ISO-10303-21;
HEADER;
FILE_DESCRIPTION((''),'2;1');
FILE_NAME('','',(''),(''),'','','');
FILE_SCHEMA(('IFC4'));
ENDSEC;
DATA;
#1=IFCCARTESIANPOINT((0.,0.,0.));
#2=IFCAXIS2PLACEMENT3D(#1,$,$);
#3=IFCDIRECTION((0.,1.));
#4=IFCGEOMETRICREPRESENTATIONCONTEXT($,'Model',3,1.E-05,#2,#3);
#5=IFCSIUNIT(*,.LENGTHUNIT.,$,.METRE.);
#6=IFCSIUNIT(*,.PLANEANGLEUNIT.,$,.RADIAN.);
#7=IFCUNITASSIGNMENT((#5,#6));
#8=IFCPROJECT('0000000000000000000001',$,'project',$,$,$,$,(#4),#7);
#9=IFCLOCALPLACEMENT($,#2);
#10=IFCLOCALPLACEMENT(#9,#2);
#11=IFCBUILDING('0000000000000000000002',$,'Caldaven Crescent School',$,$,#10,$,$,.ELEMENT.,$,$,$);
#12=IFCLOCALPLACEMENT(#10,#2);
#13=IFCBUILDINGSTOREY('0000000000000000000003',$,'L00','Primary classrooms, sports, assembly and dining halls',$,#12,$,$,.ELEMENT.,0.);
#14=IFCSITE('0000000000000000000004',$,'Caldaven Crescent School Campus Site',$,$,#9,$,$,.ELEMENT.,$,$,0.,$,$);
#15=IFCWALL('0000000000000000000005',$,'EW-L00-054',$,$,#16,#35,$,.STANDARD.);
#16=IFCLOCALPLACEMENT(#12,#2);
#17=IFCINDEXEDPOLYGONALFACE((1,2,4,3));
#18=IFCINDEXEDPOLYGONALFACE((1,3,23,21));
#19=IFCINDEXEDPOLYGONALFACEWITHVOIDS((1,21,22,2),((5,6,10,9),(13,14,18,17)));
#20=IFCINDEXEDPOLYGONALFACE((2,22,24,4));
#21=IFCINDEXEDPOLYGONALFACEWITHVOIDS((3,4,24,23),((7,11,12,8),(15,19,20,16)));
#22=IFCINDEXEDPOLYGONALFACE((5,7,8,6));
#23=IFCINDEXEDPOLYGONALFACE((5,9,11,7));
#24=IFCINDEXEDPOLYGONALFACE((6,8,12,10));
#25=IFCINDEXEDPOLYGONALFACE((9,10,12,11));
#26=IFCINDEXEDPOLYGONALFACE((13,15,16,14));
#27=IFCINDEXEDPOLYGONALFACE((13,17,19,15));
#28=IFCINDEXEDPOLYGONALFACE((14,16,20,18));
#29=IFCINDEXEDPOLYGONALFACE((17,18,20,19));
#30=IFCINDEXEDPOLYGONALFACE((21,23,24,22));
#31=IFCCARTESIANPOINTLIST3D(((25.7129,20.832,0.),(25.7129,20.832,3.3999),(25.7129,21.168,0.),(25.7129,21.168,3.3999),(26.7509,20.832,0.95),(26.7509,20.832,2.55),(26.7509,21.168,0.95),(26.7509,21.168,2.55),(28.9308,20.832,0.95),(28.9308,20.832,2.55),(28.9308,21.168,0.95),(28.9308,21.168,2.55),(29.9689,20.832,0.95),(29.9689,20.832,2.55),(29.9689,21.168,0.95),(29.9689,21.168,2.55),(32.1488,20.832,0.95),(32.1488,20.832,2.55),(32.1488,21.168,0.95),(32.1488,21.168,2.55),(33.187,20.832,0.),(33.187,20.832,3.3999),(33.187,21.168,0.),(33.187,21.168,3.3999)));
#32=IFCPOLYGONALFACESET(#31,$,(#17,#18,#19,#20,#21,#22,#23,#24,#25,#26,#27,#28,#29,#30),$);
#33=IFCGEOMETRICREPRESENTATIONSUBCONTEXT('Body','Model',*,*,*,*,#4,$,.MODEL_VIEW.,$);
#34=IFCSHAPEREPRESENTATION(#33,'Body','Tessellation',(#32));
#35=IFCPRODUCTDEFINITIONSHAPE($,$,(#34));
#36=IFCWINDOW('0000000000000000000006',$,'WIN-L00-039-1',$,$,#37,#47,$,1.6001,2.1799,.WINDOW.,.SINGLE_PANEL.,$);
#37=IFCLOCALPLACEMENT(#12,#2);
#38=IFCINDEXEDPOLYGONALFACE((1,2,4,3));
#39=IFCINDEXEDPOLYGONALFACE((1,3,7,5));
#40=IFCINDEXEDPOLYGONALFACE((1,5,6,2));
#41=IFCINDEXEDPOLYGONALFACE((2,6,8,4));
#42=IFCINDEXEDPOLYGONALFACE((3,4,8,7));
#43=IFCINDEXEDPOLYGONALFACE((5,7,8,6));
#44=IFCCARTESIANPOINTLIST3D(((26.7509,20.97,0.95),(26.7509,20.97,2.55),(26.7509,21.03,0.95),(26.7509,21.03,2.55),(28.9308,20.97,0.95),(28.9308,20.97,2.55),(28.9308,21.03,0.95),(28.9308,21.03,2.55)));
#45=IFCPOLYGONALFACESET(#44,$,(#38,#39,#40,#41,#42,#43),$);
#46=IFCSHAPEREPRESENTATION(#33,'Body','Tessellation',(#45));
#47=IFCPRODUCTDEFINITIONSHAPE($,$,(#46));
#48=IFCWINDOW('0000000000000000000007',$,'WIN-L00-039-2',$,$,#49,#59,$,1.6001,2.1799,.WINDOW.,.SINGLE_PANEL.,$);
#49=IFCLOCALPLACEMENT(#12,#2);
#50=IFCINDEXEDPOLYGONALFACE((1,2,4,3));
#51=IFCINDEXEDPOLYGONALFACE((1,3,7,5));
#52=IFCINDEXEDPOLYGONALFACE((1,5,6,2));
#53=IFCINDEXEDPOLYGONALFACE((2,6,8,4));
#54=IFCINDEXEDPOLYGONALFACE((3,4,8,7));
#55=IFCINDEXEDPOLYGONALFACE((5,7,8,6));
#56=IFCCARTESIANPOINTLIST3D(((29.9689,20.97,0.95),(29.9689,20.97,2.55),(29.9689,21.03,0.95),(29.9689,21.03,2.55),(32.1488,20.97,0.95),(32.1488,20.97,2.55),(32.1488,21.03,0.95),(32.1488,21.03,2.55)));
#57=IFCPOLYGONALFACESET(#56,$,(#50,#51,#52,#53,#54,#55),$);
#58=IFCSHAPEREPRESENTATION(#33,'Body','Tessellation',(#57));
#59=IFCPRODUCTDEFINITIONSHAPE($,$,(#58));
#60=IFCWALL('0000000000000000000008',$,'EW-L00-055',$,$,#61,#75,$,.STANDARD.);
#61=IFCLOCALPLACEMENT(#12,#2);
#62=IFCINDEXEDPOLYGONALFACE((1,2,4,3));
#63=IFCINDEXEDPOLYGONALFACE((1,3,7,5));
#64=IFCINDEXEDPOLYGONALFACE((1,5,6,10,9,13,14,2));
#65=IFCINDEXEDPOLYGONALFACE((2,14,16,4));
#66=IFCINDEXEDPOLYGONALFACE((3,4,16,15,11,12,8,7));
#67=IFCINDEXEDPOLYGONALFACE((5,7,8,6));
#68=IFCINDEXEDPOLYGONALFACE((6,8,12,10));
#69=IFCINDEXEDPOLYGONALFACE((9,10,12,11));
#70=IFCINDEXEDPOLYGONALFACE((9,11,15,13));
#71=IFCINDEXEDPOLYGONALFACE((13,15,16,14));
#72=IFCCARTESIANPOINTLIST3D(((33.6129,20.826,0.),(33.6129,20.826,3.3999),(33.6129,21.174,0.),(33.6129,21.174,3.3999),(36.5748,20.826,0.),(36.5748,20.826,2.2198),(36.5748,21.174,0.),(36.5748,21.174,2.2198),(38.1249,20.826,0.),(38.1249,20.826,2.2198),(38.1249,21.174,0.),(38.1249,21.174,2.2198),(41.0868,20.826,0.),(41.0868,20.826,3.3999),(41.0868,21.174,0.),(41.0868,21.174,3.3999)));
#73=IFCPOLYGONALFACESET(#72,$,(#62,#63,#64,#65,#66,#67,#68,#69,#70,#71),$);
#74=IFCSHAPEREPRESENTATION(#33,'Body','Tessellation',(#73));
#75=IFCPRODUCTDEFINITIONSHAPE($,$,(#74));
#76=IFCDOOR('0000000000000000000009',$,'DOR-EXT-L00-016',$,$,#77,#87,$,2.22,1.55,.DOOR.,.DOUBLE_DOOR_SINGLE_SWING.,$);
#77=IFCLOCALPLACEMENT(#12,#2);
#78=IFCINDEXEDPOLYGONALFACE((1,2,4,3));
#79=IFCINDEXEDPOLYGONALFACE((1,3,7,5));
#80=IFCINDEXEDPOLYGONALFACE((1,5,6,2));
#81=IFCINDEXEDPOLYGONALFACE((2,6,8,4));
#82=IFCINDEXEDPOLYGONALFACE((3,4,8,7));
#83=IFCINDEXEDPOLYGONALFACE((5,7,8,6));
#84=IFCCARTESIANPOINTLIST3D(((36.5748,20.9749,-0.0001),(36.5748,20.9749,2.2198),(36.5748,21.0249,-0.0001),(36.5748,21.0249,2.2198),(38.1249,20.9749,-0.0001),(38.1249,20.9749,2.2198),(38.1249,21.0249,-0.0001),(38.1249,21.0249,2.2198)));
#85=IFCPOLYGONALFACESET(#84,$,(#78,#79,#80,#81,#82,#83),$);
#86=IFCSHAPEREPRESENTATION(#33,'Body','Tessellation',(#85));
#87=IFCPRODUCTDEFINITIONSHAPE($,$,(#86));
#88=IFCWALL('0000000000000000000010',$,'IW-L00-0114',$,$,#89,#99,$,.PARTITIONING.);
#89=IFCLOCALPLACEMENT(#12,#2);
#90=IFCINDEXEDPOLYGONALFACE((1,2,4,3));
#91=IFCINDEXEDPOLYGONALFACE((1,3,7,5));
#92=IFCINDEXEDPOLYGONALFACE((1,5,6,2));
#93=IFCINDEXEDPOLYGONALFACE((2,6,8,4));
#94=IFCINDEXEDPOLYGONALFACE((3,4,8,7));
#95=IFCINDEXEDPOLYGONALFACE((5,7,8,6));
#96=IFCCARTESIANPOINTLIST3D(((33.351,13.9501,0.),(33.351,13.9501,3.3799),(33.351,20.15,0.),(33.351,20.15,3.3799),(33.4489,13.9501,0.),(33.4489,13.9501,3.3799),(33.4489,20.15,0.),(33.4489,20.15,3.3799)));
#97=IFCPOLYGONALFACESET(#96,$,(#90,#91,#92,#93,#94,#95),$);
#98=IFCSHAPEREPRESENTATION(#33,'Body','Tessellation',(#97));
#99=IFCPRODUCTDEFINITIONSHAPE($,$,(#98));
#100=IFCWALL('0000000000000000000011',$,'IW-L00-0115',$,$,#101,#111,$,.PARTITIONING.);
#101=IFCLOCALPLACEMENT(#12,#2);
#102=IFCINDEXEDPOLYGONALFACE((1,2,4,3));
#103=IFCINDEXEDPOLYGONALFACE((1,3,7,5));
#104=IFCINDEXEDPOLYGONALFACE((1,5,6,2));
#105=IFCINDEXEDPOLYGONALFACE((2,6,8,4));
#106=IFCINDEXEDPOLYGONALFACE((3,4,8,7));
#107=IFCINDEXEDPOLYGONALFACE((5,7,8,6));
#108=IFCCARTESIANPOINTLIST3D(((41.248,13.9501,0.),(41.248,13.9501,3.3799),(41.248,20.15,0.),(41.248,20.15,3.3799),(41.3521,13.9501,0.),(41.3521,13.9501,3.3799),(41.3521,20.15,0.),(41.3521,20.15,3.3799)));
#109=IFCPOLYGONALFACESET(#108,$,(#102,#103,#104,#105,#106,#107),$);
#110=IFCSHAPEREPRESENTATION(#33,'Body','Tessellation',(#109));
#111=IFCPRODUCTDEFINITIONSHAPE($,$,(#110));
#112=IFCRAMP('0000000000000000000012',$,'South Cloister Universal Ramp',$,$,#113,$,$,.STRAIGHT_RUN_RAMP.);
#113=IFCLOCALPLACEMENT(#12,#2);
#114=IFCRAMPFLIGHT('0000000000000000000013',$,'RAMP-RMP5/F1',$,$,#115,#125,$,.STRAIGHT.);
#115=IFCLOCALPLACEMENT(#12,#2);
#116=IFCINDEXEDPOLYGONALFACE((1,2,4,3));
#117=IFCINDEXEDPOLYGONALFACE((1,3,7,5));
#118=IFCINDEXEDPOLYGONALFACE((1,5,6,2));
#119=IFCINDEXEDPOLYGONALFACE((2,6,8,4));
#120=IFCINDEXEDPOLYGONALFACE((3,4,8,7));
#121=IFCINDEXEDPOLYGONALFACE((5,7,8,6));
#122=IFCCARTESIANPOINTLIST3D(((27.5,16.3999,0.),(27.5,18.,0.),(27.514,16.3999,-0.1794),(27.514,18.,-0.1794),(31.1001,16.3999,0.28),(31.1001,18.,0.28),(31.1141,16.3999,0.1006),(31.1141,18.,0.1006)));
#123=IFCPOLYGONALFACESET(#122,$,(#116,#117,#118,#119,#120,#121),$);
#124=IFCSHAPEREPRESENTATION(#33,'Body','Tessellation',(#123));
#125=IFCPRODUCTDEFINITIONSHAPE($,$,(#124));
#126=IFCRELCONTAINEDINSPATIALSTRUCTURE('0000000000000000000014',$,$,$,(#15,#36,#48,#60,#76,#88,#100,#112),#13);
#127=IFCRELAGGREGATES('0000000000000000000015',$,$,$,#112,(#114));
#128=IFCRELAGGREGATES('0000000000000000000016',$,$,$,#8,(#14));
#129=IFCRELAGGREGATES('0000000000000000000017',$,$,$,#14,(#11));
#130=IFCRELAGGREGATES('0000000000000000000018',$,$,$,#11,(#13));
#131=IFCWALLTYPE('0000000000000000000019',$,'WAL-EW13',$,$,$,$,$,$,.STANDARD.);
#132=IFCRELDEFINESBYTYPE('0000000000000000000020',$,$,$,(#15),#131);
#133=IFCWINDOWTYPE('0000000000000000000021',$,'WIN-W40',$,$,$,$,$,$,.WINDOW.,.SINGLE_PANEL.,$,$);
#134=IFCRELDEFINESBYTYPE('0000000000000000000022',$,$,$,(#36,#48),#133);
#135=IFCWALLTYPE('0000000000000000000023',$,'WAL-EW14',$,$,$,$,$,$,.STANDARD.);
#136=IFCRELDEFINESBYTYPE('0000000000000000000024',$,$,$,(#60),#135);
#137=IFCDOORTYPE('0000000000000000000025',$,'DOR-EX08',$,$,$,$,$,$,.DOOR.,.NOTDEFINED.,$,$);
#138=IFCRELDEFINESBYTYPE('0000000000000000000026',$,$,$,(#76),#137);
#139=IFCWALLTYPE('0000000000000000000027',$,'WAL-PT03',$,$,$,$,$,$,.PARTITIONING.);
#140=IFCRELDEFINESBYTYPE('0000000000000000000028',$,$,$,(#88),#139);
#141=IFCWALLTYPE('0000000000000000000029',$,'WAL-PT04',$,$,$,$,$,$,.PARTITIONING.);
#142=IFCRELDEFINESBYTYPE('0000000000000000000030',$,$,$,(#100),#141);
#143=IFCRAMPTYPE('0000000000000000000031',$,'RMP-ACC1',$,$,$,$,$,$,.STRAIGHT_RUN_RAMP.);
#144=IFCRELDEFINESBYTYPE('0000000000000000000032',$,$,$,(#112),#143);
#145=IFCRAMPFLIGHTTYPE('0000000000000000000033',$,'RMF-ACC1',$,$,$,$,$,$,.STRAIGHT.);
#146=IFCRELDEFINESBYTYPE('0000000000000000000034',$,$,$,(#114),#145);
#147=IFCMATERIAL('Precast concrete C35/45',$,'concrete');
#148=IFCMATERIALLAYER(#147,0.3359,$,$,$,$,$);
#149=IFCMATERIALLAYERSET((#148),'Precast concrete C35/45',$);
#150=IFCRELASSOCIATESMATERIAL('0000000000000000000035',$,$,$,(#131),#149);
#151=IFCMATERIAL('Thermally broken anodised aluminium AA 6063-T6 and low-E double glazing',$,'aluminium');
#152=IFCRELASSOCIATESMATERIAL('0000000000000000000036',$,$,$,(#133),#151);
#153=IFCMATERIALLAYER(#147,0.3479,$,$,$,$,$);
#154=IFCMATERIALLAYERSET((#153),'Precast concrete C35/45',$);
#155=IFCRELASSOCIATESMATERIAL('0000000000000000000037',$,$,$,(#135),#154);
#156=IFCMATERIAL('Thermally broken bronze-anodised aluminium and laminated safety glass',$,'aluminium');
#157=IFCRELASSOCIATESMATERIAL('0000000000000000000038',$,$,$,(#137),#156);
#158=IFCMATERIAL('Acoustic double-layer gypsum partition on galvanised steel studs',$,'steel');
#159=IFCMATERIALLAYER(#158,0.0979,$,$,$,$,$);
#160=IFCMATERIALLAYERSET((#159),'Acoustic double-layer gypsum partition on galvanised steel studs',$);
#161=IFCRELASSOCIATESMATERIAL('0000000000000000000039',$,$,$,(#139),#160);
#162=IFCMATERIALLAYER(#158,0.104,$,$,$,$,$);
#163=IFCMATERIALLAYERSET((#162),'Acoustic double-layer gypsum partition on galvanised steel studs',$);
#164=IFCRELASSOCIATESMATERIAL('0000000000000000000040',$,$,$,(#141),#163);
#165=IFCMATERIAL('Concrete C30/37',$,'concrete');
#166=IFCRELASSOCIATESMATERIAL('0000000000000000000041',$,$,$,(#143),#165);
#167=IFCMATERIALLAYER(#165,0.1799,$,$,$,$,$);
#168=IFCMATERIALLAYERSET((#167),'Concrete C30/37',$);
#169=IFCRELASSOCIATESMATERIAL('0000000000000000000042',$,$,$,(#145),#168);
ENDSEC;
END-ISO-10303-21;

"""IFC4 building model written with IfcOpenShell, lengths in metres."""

from ifc_helpers import new_model, si_unit, direction, frame, frame_2d, origin, place, context, subcontext, project, spatial, polyline, rectangle, outline, extrude, material, layer, layer_set, type_object, element, fill, aggregate, save


model = new_model("IFC4")

# Units and contexts
model_context = context("Model", 3, precision=1e-05, world=origin(), true_north=direction((0.0, 1.0)))
body_context = subcontext(model_context, "Body", "Model", "MODEL_VIEW")
ifc_project = project(units=[si_unit("LENGTHUNIT", "METRE"), si_unit("PLANEANGLEUNIT", "RADIAN")], contexts=[model_context])

# Site, building, storey
site_placement = place(None, origin())
site = spatial("IfcSite", under=ifc_project, at=site_placement, Name="Caldaven Crescent School Campus Site", CompositionType="ELEMENT", RefElevation=0.0)
building_placement = place(site_placement, origin())
building = spatial("IfcBuilding", under=site, at=building_placement, Name="Caldaven Crescent School", CompositionType="ELEMENT")
storey_placement = place(building_placement, origin())
storey = spatial("IfcBuildingStorey", under=building, at=storey_placement, Name="L00", Description="Primary classrooms, sports, assembly and dining halls", CompositionType="ELEMENT", Elevation=0.0)

# Wall, openings, windows
ifc_material_1 = material(Name="Precast concrete C35/45", Category="concrete")
ifc_material_2 = material(Name="Thermally broken anodised aluminium AA 6063-T6 and low-E double glazing", Category="aluminium")
ifc_layer_1 = layer(ifc_material_1, 0.3359)
ifc_layer_set_1 = layer_set([ifc_layer_1], Name="Precast concrete C35/45")
wall_type_1 = type_object("IfcWallType", Name="WAL-EW13", PredefinedType="STANDARD", material=ifc_layer_set_1)
wall_1_placement = place(storey_placement, frame((25.7129, 21.0, 0.0), z_axis=(0.0, 0.0, 1.0), x_axis=(1.0, 0.0, 0.0)))
wall_1 = element("IfcWall", 1, at=wall_1_placement, inside=storey, type_object=wall_type_1, Name="EW-L00-054", PredefinedType="STANDARD", context=body_context, shape_type="SweptSolid", body=[
    extrude(rectangle(XDim=7.4741, YDim=0.3359, at=frame_2d((3.7371, 0.0))), origin(), (0.0, 0.0, 1.0), 3.3999),
])
opening_1_placement = place(wall_1_placement, frame((1.0381, 0.0, 0.95)))
opening_1 = element("IfcOpeningElement", 2, at=opening_1_placement, cuts=wall_1, PredefinedType="OPENING", context=body_context, shape_type="SweptSolid", body=[
    extrude(rectangle(XDim=2.1799, YDim=1.6001, at=frame_2d((1.0898, 0.8))), frame((0.0, 0.178, 0.0), z_axis=(0.0, -1.0, 0.0), x_axis=(1.0, 0.0, 0.0)), (0.0, 0.0, 1.0), 0.356),
])
opening_2_placement = place(wall_1_placement, frame((4.2561, 0.0, 0.95)))
opening_2 = element("IfcOpeningElement", 3, at=opening_2_placement, cuts=wall_1, PredefinedType="OPENING", context=body_context, shape_type="SweptSolid", body=[
    extrude(rectangle(XDim=2.1799, YDim=1.6001, at=frame_2d((1.0898, 0.8))), frame((0.0, 0.178, 0.0), z_axis=(0.0, -1.0, 0.0), x_axis=(1.0, 0.0, 0.0)), (0.0, 0.0, 1.0), 0.356),
])
window_type_1 = type_object("IfcWindowType", Name="WIN-W40", PartitioningType="SINGLE_PANEL", PredefinedType="WINDOW", material=ifc_material_2)
window_1_placement = place(opening_1_placement, origin())
window_1 = element("IfcWindow", 4, at=window_1_placement, inside=storey, type_object=window_type_1, Name="WIN-L00-039-1", OverallHeight=1.6001, OverallWidth=2.1799, PartitioningType="SINGLE_PANEL", PredefinedType="WINDOW", context=body_context, shape_type="SweptSolid", body=[
    extrude(rectangle(XDim=2.1799, YDim=1.6001, at=frame_2d((1.0898, 0.8))), frame((0.0, 0.03, 0.0), z_axis=(0.0, -1.0, 0.0), x_axis=(1.0, 0.0, 0.0)), (0.0, 0.0, 1.0), 0.0601),
])
fill(opening_1, window_1)
window_2_placement = place(opening_2_placement, origin())
window_2 = element("IfcWindow", 5, at=window_2_placement, inside=storey, type_object=window_type_1, Name="WIN-L00-039-2", OverallHeight=1.6001, OverallWidth=2.1799, PartitioningType="SINGLE_PANEL", PredefinedType="WINDOW", context=body_context, shape_type="SweptSolid", body=[
    extrude(rectangle(XDim=2.1799, YDim=1.6001, at=frame_2d((1.0898, 0.8))), frame((0.0, 0.03, 0.0), z_axis=(0.0, -1.0, 0.0), x_axis=(1.0, 0.0, 0.0)), (0.0, 0.0, 1.0), 0.0601),
])
fill(opening_2, window_2)

# Wall, opening, door
ifc_layer_2 = layer(ifc_material_1, 0.3479)
ifc_layer_set_2 = layer_set([ifc_layer_2], Name="Precast concrete C35/45")
wall_type_2 = type_object("IfcWallType", Name="WAL-EW14", PredefinedType="STANDARD", material=ifc_layer_set_2)
wall_2_placement = place(storey_placement, frame((33.613, 21.0, 0.0), z_axis=(0.0, 0.0, 1.0), x_axis=(1.0, 0.0, 0.0)))
wall_2 = element("IfcWall", 6, at=wall_2_placement, inside=storey, type_object=wall_type_2, Name="EW-L00-055", PredefinedType="STANDARD", context=body_context, shape_type="SweptSolid", body=[
    extrude(rectangle(XDim=7.4739, YDim=0.3479, at=frame_2d((3.7368, 0.0))), origin(), (0.0, 0.0, 1.0), 3.3999),
])
opening_3_placement = place(wall_2_placement, frame((2.9619, 0.0, 0.0)))
opening_3 = element("IfcOpeningElement", 7, at=opening_3_placement, cuts=wall_2, PredefinedType="OPENING", context=body_context, shape_type="SweptSolid", body=[
    extrude(rectangle(XDim=1.55, YDim=2.22, at=frame_2d((0.7749, 1.1099))), frame((0.0, 0.1838, 0.0), z_axis=(0.0, -1.0, 0.0), x_axis=(1.0, 0.0, 0.0)), (0.0, 0.0, 1.0), 0.3679),
])
ifc_material_3 = material(Name="Thermally broken bronze-anodised aluminium and laminated safety glass", Category="aluminium")
door_type = type_object("IfcDoorType", Name="DOR-EX08", OperationType="NOTDEFINED", PredefinedType="DOOR", material=ifc_material_3)
door_placement = place(opening_3_placement, origin())
door = element("IfcDoor", 8, at=door_placement, inside=storey, type_object=door_type, Name="DOR-EXT-L00-016", OperationType="DOUBLE_DOOR_SINGLE_SWING", OverallHeight=2.22, OverallWidth=1.55, PredefinedType="DOOR", context=body_context, shape_type="SweptSolid", body=[
    extrude(rectangle(XDim=1.55, YDim=2.22, at=frame_2d((0.7749, 1.1099))), frame((0.0, 0.0249, 0.0), z_axis=(0.0, -1.0, 0.0), x_axis=(1.0, 0.0, 0.0)), (0.0, 0.0, 1.0), 0.05),
])
fill(opening_3, door)

# Walls
ifc_material_4 = material(Name="Acoustic double-layer gypsum partition on galvanised steel studs", Category="steel")
ifc_layer_3 = layer(ifc_material_4, 0.0979)
ifc_layer_set_3 = layer_set([ifc_layer_3], Name="Acoustic double-layer gypsum partition on galvanised steel studs")
wall_type_3 = type_object("IfcWallType", Name="WAL-PT03", PredefinedType="PARTITIONING", material=ifc_layer_set_3)
wall_3_placement = place(storey_placement, frame((33.3999, 13.95, 0.0), z_axis=(0.0, 0.0, 1.0), x_axis=(0.0, 1.0, 0.0)))
element("IfcWall", 9, at=wall_3_placement, inside=storey, type_object=wall_type_3, Name="IW-L00-0114", PredefinedType="PARTITIONING", context=body_context, shape_type="SweptSolid", body=[
    extrude(rectangle(XDim=6.2, YDim=0.0979, at=frame_2d((3.1001, 0.0))), origin(), (0.0, 0.0, 1.0), 3.3799),
])
ifc_layer_4 = layer(ifc_material_4, 0.104)
ifc_layer_set_4 = layer_set([ifc_layer_4], Name="Acoustic double-layer gypsum partition on galvanised steel studs")
wall_type_4 = type_object("IfcWallType", Name="WAL-PT04", PredefinedType="PARTITIONING", material=ifc_layer_set_4)
wall_4_placement = place(storey_placement, frame((41.3, 13.95, 0.0), z_axis=(0.0, 0.0, 1.0), x_axis=(0.0, 1.0, 0.0)))
element("IfcWall", 10, at=wall_4_placement, inside=storey, type_object=wall_type_4, Name="IW-L00-0115", PredefinedType="PARTITIONING", context=body_context, shape_type="SweptSolid", body=[
    extrude(rectangle(XDim=6.2, YDim=0.104, at=frame_2d((3.1001, 0.0))), origin(), (0.0, 0.0, 1.0), 3.3799),
])

# Ramp, ramp flight
ifc_material_5 = material(Name="Concrete C30/37", Category="concrete")
ramp_type = type_object("IfcRampType", Name="RMP-ACC1", PredefinedType="STRAIGHT_RUN_RAMP", material=ifc_material_5)
ramp_placement = place(storey_placement, origin())
ramp = element("IfcRamp", 11, at=ramp_placement, inside=storey, type_object=ramp_type, Name="South Cloister Universal Ramp", PredefinedType="STRAIGHT_RUN_RAMP")
ifc_layer_5 = layer(ifc_material_5, 0.1799)
ifc_layer_set_5 = layer_set([ifc_layer_5], Name="Concrete C30/37")
ramp_flight_type = type_object("IfcRampFlightType", Name="RMF-ACC1", PredefinedType="STRAIGHT", material=ifc_layer_set_5)
ramp_flight_placement = place(storey_placement, frame((27.5, 16.3999, 0.0), z_axis=(-0.07755, 0.0, 0.996988), x_axis=(0.996988, 0.0, 0.07755)))
ramp_flight = element("IfcRampFlight", 12, at=ramp_flight_placement, type_object=ramp_flight_type, Name="RAMP-RMP5/F1", PredefinedType="STRAIGHT", context=body_context, shape_type="SweptSolid", body=[
    extrude(outline(polyline([(0.0, 0.0), (3.611, 0.0), (3.611, 1.6001), (0.0, 1.6001), (0.0, 0.0)])), origin(), (0.0, 0.0, -1.0), 0.1799),
])
aggregate(ramp, [ramp_flight])

save(model, "model.ifc")
